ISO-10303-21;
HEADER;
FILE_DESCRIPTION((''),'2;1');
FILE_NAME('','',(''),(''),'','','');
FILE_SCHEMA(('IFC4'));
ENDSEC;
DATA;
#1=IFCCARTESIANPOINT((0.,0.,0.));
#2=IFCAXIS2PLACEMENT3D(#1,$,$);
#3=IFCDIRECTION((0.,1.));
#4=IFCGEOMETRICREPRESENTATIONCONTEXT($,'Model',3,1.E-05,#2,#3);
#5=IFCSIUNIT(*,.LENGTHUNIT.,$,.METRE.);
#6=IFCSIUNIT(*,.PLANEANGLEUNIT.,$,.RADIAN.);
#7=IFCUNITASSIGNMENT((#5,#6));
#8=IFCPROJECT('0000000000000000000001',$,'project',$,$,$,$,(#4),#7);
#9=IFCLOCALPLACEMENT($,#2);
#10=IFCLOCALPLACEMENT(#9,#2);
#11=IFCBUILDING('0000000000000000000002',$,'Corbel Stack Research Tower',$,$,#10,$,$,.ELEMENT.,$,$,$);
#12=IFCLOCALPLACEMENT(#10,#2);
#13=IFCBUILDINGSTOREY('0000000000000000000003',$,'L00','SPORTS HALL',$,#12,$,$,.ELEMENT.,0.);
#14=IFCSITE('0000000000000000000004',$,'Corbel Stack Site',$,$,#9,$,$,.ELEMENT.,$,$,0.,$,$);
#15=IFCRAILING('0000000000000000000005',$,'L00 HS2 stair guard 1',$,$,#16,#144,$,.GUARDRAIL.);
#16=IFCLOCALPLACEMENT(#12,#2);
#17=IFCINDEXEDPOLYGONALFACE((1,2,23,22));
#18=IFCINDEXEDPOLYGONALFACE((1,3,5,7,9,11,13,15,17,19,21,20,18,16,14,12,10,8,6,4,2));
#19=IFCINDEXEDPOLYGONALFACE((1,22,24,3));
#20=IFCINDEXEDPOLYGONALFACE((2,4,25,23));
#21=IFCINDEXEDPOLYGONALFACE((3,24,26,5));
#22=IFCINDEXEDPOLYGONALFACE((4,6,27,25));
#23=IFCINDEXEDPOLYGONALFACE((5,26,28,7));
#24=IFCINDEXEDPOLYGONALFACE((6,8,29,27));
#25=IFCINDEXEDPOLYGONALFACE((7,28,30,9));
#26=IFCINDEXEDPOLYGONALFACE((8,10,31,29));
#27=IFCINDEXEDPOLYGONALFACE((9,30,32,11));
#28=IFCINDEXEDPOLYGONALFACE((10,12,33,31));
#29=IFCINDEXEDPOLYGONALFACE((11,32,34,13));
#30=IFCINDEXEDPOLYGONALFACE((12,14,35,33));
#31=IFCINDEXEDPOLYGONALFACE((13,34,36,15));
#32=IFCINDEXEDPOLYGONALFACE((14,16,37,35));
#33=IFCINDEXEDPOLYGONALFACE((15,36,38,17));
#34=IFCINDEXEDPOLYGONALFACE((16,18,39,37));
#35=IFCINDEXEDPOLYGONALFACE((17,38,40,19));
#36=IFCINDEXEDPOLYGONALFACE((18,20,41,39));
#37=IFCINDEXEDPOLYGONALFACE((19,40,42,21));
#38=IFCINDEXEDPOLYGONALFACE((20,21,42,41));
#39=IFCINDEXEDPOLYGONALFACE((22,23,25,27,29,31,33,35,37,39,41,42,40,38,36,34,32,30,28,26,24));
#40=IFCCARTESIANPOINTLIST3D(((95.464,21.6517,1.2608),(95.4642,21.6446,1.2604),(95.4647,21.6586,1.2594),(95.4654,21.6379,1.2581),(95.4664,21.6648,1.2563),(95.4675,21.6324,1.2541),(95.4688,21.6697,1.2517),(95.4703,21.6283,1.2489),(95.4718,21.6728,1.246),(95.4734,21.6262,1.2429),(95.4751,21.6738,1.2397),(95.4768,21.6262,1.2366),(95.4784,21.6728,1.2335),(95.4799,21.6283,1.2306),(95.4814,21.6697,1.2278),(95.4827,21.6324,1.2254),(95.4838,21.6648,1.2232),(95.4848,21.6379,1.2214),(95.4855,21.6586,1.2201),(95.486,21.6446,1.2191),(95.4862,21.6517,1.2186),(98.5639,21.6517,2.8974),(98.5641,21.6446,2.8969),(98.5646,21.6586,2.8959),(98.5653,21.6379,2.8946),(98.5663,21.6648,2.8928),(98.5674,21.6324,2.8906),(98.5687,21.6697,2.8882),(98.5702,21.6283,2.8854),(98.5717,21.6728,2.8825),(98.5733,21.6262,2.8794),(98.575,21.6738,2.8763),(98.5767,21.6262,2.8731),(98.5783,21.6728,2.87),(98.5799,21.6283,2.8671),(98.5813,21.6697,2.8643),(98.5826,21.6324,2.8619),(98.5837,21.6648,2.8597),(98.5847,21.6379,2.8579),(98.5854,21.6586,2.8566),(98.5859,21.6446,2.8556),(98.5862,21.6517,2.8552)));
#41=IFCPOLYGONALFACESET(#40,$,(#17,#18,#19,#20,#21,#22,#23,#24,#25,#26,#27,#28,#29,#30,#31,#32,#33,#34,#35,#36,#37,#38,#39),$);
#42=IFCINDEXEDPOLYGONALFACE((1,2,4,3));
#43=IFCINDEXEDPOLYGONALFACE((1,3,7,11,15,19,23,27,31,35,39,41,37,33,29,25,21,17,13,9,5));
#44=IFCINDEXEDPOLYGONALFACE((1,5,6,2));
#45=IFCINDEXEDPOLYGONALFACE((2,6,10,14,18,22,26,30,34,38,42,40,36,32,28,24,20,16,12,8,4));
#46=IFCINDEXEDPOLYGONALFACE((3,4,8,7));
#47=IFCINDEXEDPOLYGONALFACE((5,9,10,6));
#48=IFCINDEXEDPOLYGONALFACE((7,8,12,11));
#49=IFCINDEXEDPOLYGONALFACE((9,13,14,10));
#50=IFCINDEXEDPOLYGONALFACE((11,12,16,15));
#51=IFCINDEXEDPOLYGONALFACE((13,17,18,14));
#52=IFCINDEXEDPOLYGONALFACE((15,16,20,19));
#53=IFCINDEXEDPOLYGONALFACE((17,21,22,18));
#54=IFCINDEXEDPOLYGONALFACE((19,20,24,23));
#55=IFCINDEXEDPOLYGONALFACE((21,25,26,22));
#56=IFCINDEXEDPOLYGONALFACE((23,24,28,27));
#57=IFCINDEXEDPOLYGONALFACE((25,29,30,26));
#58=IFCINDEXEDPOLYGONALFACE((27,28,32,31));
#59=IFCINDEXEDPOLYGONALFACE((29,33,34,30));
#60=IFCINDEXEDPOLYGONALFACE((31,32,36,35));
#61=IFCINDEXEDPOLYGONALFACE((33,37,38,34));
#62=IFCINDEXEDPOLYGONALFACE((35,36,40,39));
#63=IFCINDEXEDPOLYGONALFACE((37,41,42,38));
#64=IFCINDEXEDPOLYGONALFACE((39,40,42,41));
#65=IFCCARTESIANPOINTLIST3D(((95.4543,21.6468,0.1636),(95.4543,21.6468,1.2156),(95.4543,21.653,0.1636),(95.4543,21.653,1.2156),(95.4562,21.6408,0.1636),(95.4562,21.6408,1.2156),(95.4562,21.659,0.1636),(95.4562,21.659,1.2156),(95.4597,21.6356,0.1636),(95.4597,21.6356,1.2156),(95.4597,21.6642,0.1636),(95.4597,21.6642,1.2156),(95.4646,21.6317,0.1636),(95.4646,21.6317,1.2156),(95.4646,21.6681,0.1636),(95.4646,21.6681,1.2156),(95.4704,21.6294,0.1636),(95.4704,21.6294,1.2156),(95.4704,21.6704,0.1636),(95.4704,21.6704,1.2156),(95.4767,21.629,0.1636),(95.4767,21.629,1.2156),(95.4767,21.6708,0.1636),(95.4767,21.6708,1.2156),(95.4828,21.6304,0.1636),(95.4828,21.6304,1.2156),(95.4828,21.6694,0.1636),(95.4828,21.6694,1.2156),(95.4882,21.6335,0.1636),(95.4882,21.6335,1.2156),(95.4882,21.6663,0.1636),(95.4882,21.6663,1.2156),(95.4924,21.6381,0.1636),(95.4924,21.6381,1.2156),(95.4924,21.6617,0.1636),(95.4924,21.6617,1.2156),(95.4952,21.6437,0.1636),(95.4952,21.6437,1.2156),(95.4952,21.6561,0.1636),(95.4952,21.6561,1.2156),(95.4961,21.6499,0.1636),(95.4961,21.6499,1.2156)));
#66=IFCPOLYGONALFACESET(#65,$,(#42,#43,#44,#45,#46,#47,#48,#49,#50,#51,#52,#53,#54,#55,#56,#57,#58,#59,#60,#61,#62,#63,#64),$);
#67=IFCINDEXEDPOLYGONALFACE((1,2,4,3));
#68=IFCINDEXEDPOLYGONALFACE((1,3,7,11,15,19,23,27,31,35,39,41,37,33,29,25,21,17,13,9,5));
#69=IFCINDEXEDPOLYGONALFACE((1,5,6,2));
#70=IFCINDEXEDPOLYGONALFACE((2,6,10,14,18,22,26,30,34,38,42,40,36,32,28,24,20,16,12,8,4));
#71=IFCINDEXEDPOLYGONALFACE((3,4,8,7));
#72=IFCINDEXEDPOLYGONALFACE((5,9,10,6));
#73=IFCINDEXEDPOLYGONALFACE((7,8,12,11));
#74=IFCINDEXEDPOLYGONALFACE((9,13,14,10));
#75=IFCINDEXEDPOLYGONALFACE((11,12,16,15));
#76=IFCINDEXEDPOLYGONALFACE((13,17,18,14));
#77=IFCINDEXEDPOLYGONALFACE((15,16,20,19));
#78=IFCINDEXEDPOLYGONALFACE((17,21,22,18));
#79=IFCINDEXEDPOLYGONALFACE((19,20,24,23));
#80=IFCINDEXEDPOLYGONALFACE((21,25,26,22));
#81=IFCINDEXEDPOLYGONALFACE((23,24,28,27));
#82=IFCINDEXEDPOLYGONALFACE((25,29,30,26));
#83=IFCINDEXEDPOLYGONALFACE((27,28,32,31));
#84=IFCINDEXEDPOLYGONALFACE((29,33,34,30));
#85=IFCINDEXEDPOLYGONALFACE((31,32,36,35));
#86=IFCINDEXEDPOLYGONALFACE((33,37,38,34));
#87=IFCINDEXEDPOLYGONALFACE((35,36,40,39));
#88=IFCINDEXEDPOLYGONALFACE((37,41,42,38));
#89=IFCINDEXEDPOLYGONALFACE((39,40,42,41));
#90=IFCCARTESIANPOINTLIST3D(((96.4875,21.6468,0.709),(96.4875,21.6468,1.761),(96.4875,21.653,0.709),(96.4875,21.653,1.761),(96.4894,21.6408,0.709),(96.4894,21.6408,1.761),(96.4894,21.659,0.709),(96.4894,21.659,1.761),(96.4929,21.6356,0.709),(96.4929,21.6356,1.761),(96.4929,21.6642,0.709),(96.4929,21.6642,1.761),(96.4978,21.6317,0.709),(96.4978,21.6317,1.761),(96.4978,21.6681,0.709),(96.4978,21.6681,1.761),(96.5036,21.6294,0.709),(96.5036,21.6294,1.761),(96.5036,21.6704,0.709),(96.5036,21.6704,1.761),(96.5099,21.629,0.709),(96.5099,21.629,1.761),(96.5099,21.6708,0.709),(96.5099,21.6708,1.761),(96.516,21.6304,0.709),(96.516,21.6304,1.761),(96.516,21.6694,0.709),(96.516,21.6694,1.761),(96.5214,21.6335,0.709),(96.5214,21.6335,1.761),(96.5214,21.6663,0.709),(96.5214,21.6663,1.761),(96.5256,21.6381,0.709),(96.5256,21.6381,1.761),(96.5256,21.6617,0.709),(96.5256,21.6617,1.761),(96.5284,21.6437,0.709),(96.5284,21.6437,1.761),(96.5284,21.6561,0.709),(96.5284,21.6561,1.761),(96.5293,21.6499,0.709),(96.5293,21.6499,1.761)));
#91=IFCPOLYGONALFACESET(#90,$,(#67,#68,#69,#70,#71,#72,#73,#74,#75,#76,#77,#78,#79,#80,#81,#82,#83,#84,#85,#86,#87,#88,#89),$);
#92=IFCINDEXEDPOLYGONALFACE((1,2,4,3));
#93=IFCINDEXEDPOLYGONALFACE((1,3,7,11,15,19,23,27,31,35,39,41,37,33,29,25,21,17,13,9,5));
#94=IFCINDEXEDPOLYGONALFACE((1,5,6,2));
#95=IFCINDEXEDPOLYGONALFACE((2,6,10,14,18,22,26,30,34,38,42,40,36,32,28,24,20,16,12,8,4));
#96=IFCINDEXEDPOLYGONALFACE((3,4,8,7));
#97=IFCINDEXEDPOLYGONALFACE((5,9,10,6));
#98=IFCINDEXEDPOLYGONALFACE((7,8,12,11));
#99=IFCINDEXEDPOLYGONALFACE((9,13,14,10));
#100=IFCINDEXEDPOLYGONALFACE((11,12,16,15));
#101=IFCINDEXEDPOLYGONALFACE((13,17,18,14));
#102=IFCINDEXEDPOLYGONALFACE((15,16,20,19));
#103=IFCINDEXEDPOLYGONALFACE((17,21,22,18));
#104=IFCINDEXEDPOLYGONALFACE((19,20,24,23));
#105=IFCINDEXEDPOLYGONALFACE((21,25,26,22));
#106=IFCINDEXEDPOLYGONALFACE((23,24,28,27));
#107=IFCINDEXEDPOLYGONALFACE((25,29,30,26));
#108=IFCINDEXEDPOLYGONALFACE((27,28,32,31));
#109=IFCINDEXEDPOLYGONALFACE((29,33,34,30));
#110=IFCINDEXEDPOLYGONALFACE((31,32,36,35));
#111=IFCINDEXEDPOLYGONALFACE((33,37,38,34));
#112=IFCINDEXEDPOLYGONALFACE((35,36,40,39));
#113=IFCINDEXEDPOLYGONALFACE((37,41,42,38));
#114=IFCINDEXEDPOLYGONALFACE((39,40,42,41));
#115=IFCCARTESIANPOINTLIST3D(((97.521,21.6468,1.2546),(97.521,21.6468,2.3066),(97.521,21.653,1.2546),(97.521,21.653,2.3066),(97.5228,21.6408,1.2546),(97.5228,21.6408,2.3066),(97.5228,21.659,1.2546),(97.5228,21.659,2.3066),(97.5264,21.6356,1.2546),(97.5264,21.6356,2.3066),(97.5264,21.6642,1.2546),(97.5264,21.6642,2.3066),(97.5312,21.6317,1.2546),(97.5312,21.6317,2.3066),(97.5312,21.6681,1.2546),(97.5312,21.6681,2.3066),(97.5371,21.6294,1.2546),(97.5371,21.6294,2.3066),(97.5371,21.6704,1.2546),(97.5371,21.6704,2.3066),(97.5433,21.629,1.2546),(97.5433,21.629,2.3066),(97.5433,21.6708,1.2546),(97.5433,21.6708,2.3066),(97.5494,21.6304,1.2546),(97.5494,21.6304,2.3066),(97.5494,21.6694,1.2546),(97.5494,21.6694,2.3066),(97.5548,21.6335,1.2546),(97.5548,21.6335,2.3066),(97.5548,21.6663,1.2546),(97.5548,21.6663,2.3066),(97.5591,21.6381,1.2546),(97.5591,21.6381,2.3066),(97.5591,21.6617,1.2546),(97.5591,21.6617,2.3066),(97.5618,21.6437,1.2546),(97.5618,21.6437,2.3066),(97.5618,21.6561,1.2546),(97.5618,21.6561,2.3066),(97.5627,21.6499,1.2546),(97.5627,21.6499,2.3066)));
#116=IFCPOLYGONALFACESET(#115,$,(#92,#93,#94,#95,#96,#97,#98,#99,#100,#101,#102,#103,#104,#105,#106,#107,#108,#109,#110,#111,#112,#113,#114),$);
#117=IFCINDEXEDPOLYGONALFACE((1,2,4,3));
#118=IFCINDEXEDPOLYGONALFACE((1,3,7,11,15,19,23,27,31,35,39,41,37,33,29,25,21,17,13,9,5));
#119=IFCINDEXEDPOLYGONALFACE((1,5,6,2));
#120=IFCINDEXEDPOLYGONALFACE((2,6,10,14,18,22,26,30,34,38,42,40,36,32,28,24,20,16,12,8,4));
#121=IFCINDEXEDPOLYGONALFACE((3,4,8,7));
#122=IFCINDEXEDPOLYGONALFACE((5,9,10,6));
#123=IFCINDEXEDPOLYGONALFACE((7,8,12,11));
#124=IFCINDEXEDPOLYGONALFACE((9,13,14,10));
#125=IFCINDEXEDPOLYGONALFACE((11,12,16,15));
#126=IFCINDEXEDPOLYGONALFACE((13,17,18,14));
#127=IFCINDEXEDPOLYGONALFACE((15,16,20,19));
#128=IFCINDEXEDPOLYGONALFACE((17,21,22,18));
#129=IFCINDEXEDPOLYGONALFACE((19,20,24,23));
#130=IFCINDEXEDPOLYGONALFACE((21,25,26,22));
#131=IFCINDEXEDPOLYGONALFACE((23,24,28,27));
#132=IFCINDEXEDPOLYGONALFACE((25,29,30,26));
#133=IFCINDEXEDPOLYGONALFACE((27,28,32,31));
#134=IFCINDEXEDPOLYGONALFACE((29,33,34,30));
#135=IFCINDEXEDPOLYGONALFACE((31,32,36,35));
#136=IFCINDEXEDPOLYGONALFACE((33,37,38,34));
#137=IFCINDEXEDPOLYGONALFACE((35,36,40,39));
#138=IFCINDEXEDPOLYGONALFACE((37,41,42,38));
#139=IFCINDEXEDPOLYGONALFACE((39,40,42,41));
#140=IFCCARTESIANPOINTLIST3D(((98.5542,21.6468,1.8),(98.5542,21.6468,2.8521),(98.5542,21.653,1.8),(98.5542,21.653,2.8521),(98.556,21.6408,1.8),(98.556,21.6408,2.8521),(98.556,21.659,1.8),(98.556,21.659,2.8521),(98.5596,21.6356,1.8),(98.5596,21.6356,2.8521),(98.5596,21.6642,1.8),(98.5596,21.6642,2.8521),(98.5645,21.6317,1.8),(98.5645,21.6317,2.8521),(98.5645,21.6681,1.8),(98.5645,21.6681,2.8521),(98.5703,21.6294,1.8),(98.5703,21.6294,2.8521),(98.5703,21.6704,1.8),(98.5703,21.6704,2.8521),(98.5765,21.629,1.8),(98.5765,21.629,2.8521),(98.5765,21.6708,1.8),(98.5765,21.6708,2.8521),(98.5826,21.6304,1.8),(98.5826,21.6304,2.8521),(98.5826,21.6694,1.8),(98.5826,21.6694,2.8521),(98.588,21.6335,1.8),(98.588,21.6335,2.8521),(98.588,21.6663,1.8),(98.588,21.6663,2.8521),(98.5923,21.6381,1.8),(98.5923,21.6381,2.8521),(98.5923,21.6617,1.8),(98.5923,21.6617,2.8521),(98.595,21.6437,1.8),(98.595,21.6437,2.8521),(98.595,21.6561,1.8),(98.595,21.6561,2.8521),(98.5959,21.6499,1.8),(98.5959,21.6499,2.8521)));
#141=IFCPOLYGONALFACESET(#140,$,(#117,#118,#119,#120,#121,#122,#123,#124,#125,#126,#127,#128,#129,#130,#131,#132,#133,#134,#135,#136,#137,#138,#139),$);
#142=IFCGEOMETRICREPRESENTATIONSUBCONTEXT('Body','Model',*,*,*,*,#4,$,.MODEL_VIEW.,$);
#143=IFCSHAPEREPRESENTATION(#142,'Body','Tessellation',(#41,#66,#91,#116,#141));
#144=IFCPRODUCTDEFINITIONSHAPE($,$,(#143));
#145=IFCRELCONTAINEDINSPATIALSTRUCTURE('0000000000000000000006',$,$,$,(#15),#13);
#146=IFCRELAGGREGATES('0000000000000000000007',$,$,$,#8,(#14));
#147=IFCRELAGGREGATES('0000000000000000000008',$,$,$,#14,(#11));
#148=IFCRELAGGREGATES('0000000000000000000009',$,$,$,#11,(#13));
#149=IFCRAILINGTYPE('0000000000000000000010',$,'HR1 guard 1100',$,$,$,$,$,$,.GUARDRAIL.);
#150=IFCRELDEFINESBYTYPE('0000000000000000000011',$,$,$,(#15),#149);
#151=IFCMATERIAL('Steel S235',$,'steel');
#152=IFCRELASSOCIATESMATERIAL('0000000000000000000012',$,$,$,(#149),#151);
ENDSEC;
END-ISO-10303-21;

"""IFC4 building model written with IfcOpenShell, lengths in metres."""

from ifc_helpers import new_model, si_unit, direction, frame, origin, origin_2d, place, context, subcontext, project, spatial, circle, extrude, material, type_object, element, save


model = new_model("IFC4")

# Units and contexts
model_context = context("Model", 3, precision=1e-05, world=origin(), true_north=direction((0.0, 1.0)))
body_context = subcontext(model_context, "Body", "Model", "MODEL_VIEW")
ifc_project = project(units=[si_unit("LENGTHUNIT", "METRE"), si_unit("PLANEANGLEUNIT", "RADIAN")], contexts=[model_context])

# Site, building, storey
site_placement = place(None, origin())
site = spatial("IfcSite", under=ifc_project, at=site_placement, Name="Corbel Stack Site", CompositionType="ELEMENT", RefElevation=0.0)
building_placement = place(site_placement, origin())
building = spatial("IfcBuilding", under=site, at=building_placement, Name="Corbel Stack Research Tower", CompositionType="ELEMENT")
storey_placement = place(building_placement, origin())
storey = spatial("IfcBuildingStorey", under=building, at=storey_placement, Name="L00", Description="SPORTS HALL", CompositionType="ELEMENT", Elevation=0.0)

# Railing
ifc_material_1 = material(Name="Steel S235", Category="steel")
railing_type_1 = type_object("IfcRailingType", Name="HR1 guard 1100", PredefinedType="GUARDRAIL", material=ifc_material_1)
railing_1_placement = place(storey_placement, frame((95.4751, 21.6499, 0.1636)))
element("IfcRailing", 1, at=railing_1_placement, inside=storey, type_object=railing_type_1, Name="L00 HS2 stair guard 1", PredefinedType="GUARDRAIL", context=body_context, shape_type="SweptSolid", body=[
    extrude(circle(Radius=0.0239, at=origin_2d()), frame((0.0, 0.0, 1.0762), z_axis=(0.884333, 0.0, 0.466857), x_axis=(0.0, 1.0, 0.0)), (0.0, 0.0, 1.0), 3.5054),
    extrude(circle(Radius=0.021, at=origin_2d()), origin(), (0.0, 0.0, 1.0), 1.052),
    extrude(circle(Radius=0.021, at=origin_2d()), frame((1.0332, 0.0, 0.5454)), (0.0, 0.0, 1.0), 1.052),
    extrude(circle(Radius=0.021, at=origin_2d()), frame((2.0667, 0.0, 1.0911)), (0.0, 0.0, 1.0), 1.052),
    extrude(circle(Radius=0.021, at=origin_2d()), frame((3.0999, 0.0, 1.6365)), (0.0, 0.0, 1.0), 1.052),
])

save(model, "model.ifc")
